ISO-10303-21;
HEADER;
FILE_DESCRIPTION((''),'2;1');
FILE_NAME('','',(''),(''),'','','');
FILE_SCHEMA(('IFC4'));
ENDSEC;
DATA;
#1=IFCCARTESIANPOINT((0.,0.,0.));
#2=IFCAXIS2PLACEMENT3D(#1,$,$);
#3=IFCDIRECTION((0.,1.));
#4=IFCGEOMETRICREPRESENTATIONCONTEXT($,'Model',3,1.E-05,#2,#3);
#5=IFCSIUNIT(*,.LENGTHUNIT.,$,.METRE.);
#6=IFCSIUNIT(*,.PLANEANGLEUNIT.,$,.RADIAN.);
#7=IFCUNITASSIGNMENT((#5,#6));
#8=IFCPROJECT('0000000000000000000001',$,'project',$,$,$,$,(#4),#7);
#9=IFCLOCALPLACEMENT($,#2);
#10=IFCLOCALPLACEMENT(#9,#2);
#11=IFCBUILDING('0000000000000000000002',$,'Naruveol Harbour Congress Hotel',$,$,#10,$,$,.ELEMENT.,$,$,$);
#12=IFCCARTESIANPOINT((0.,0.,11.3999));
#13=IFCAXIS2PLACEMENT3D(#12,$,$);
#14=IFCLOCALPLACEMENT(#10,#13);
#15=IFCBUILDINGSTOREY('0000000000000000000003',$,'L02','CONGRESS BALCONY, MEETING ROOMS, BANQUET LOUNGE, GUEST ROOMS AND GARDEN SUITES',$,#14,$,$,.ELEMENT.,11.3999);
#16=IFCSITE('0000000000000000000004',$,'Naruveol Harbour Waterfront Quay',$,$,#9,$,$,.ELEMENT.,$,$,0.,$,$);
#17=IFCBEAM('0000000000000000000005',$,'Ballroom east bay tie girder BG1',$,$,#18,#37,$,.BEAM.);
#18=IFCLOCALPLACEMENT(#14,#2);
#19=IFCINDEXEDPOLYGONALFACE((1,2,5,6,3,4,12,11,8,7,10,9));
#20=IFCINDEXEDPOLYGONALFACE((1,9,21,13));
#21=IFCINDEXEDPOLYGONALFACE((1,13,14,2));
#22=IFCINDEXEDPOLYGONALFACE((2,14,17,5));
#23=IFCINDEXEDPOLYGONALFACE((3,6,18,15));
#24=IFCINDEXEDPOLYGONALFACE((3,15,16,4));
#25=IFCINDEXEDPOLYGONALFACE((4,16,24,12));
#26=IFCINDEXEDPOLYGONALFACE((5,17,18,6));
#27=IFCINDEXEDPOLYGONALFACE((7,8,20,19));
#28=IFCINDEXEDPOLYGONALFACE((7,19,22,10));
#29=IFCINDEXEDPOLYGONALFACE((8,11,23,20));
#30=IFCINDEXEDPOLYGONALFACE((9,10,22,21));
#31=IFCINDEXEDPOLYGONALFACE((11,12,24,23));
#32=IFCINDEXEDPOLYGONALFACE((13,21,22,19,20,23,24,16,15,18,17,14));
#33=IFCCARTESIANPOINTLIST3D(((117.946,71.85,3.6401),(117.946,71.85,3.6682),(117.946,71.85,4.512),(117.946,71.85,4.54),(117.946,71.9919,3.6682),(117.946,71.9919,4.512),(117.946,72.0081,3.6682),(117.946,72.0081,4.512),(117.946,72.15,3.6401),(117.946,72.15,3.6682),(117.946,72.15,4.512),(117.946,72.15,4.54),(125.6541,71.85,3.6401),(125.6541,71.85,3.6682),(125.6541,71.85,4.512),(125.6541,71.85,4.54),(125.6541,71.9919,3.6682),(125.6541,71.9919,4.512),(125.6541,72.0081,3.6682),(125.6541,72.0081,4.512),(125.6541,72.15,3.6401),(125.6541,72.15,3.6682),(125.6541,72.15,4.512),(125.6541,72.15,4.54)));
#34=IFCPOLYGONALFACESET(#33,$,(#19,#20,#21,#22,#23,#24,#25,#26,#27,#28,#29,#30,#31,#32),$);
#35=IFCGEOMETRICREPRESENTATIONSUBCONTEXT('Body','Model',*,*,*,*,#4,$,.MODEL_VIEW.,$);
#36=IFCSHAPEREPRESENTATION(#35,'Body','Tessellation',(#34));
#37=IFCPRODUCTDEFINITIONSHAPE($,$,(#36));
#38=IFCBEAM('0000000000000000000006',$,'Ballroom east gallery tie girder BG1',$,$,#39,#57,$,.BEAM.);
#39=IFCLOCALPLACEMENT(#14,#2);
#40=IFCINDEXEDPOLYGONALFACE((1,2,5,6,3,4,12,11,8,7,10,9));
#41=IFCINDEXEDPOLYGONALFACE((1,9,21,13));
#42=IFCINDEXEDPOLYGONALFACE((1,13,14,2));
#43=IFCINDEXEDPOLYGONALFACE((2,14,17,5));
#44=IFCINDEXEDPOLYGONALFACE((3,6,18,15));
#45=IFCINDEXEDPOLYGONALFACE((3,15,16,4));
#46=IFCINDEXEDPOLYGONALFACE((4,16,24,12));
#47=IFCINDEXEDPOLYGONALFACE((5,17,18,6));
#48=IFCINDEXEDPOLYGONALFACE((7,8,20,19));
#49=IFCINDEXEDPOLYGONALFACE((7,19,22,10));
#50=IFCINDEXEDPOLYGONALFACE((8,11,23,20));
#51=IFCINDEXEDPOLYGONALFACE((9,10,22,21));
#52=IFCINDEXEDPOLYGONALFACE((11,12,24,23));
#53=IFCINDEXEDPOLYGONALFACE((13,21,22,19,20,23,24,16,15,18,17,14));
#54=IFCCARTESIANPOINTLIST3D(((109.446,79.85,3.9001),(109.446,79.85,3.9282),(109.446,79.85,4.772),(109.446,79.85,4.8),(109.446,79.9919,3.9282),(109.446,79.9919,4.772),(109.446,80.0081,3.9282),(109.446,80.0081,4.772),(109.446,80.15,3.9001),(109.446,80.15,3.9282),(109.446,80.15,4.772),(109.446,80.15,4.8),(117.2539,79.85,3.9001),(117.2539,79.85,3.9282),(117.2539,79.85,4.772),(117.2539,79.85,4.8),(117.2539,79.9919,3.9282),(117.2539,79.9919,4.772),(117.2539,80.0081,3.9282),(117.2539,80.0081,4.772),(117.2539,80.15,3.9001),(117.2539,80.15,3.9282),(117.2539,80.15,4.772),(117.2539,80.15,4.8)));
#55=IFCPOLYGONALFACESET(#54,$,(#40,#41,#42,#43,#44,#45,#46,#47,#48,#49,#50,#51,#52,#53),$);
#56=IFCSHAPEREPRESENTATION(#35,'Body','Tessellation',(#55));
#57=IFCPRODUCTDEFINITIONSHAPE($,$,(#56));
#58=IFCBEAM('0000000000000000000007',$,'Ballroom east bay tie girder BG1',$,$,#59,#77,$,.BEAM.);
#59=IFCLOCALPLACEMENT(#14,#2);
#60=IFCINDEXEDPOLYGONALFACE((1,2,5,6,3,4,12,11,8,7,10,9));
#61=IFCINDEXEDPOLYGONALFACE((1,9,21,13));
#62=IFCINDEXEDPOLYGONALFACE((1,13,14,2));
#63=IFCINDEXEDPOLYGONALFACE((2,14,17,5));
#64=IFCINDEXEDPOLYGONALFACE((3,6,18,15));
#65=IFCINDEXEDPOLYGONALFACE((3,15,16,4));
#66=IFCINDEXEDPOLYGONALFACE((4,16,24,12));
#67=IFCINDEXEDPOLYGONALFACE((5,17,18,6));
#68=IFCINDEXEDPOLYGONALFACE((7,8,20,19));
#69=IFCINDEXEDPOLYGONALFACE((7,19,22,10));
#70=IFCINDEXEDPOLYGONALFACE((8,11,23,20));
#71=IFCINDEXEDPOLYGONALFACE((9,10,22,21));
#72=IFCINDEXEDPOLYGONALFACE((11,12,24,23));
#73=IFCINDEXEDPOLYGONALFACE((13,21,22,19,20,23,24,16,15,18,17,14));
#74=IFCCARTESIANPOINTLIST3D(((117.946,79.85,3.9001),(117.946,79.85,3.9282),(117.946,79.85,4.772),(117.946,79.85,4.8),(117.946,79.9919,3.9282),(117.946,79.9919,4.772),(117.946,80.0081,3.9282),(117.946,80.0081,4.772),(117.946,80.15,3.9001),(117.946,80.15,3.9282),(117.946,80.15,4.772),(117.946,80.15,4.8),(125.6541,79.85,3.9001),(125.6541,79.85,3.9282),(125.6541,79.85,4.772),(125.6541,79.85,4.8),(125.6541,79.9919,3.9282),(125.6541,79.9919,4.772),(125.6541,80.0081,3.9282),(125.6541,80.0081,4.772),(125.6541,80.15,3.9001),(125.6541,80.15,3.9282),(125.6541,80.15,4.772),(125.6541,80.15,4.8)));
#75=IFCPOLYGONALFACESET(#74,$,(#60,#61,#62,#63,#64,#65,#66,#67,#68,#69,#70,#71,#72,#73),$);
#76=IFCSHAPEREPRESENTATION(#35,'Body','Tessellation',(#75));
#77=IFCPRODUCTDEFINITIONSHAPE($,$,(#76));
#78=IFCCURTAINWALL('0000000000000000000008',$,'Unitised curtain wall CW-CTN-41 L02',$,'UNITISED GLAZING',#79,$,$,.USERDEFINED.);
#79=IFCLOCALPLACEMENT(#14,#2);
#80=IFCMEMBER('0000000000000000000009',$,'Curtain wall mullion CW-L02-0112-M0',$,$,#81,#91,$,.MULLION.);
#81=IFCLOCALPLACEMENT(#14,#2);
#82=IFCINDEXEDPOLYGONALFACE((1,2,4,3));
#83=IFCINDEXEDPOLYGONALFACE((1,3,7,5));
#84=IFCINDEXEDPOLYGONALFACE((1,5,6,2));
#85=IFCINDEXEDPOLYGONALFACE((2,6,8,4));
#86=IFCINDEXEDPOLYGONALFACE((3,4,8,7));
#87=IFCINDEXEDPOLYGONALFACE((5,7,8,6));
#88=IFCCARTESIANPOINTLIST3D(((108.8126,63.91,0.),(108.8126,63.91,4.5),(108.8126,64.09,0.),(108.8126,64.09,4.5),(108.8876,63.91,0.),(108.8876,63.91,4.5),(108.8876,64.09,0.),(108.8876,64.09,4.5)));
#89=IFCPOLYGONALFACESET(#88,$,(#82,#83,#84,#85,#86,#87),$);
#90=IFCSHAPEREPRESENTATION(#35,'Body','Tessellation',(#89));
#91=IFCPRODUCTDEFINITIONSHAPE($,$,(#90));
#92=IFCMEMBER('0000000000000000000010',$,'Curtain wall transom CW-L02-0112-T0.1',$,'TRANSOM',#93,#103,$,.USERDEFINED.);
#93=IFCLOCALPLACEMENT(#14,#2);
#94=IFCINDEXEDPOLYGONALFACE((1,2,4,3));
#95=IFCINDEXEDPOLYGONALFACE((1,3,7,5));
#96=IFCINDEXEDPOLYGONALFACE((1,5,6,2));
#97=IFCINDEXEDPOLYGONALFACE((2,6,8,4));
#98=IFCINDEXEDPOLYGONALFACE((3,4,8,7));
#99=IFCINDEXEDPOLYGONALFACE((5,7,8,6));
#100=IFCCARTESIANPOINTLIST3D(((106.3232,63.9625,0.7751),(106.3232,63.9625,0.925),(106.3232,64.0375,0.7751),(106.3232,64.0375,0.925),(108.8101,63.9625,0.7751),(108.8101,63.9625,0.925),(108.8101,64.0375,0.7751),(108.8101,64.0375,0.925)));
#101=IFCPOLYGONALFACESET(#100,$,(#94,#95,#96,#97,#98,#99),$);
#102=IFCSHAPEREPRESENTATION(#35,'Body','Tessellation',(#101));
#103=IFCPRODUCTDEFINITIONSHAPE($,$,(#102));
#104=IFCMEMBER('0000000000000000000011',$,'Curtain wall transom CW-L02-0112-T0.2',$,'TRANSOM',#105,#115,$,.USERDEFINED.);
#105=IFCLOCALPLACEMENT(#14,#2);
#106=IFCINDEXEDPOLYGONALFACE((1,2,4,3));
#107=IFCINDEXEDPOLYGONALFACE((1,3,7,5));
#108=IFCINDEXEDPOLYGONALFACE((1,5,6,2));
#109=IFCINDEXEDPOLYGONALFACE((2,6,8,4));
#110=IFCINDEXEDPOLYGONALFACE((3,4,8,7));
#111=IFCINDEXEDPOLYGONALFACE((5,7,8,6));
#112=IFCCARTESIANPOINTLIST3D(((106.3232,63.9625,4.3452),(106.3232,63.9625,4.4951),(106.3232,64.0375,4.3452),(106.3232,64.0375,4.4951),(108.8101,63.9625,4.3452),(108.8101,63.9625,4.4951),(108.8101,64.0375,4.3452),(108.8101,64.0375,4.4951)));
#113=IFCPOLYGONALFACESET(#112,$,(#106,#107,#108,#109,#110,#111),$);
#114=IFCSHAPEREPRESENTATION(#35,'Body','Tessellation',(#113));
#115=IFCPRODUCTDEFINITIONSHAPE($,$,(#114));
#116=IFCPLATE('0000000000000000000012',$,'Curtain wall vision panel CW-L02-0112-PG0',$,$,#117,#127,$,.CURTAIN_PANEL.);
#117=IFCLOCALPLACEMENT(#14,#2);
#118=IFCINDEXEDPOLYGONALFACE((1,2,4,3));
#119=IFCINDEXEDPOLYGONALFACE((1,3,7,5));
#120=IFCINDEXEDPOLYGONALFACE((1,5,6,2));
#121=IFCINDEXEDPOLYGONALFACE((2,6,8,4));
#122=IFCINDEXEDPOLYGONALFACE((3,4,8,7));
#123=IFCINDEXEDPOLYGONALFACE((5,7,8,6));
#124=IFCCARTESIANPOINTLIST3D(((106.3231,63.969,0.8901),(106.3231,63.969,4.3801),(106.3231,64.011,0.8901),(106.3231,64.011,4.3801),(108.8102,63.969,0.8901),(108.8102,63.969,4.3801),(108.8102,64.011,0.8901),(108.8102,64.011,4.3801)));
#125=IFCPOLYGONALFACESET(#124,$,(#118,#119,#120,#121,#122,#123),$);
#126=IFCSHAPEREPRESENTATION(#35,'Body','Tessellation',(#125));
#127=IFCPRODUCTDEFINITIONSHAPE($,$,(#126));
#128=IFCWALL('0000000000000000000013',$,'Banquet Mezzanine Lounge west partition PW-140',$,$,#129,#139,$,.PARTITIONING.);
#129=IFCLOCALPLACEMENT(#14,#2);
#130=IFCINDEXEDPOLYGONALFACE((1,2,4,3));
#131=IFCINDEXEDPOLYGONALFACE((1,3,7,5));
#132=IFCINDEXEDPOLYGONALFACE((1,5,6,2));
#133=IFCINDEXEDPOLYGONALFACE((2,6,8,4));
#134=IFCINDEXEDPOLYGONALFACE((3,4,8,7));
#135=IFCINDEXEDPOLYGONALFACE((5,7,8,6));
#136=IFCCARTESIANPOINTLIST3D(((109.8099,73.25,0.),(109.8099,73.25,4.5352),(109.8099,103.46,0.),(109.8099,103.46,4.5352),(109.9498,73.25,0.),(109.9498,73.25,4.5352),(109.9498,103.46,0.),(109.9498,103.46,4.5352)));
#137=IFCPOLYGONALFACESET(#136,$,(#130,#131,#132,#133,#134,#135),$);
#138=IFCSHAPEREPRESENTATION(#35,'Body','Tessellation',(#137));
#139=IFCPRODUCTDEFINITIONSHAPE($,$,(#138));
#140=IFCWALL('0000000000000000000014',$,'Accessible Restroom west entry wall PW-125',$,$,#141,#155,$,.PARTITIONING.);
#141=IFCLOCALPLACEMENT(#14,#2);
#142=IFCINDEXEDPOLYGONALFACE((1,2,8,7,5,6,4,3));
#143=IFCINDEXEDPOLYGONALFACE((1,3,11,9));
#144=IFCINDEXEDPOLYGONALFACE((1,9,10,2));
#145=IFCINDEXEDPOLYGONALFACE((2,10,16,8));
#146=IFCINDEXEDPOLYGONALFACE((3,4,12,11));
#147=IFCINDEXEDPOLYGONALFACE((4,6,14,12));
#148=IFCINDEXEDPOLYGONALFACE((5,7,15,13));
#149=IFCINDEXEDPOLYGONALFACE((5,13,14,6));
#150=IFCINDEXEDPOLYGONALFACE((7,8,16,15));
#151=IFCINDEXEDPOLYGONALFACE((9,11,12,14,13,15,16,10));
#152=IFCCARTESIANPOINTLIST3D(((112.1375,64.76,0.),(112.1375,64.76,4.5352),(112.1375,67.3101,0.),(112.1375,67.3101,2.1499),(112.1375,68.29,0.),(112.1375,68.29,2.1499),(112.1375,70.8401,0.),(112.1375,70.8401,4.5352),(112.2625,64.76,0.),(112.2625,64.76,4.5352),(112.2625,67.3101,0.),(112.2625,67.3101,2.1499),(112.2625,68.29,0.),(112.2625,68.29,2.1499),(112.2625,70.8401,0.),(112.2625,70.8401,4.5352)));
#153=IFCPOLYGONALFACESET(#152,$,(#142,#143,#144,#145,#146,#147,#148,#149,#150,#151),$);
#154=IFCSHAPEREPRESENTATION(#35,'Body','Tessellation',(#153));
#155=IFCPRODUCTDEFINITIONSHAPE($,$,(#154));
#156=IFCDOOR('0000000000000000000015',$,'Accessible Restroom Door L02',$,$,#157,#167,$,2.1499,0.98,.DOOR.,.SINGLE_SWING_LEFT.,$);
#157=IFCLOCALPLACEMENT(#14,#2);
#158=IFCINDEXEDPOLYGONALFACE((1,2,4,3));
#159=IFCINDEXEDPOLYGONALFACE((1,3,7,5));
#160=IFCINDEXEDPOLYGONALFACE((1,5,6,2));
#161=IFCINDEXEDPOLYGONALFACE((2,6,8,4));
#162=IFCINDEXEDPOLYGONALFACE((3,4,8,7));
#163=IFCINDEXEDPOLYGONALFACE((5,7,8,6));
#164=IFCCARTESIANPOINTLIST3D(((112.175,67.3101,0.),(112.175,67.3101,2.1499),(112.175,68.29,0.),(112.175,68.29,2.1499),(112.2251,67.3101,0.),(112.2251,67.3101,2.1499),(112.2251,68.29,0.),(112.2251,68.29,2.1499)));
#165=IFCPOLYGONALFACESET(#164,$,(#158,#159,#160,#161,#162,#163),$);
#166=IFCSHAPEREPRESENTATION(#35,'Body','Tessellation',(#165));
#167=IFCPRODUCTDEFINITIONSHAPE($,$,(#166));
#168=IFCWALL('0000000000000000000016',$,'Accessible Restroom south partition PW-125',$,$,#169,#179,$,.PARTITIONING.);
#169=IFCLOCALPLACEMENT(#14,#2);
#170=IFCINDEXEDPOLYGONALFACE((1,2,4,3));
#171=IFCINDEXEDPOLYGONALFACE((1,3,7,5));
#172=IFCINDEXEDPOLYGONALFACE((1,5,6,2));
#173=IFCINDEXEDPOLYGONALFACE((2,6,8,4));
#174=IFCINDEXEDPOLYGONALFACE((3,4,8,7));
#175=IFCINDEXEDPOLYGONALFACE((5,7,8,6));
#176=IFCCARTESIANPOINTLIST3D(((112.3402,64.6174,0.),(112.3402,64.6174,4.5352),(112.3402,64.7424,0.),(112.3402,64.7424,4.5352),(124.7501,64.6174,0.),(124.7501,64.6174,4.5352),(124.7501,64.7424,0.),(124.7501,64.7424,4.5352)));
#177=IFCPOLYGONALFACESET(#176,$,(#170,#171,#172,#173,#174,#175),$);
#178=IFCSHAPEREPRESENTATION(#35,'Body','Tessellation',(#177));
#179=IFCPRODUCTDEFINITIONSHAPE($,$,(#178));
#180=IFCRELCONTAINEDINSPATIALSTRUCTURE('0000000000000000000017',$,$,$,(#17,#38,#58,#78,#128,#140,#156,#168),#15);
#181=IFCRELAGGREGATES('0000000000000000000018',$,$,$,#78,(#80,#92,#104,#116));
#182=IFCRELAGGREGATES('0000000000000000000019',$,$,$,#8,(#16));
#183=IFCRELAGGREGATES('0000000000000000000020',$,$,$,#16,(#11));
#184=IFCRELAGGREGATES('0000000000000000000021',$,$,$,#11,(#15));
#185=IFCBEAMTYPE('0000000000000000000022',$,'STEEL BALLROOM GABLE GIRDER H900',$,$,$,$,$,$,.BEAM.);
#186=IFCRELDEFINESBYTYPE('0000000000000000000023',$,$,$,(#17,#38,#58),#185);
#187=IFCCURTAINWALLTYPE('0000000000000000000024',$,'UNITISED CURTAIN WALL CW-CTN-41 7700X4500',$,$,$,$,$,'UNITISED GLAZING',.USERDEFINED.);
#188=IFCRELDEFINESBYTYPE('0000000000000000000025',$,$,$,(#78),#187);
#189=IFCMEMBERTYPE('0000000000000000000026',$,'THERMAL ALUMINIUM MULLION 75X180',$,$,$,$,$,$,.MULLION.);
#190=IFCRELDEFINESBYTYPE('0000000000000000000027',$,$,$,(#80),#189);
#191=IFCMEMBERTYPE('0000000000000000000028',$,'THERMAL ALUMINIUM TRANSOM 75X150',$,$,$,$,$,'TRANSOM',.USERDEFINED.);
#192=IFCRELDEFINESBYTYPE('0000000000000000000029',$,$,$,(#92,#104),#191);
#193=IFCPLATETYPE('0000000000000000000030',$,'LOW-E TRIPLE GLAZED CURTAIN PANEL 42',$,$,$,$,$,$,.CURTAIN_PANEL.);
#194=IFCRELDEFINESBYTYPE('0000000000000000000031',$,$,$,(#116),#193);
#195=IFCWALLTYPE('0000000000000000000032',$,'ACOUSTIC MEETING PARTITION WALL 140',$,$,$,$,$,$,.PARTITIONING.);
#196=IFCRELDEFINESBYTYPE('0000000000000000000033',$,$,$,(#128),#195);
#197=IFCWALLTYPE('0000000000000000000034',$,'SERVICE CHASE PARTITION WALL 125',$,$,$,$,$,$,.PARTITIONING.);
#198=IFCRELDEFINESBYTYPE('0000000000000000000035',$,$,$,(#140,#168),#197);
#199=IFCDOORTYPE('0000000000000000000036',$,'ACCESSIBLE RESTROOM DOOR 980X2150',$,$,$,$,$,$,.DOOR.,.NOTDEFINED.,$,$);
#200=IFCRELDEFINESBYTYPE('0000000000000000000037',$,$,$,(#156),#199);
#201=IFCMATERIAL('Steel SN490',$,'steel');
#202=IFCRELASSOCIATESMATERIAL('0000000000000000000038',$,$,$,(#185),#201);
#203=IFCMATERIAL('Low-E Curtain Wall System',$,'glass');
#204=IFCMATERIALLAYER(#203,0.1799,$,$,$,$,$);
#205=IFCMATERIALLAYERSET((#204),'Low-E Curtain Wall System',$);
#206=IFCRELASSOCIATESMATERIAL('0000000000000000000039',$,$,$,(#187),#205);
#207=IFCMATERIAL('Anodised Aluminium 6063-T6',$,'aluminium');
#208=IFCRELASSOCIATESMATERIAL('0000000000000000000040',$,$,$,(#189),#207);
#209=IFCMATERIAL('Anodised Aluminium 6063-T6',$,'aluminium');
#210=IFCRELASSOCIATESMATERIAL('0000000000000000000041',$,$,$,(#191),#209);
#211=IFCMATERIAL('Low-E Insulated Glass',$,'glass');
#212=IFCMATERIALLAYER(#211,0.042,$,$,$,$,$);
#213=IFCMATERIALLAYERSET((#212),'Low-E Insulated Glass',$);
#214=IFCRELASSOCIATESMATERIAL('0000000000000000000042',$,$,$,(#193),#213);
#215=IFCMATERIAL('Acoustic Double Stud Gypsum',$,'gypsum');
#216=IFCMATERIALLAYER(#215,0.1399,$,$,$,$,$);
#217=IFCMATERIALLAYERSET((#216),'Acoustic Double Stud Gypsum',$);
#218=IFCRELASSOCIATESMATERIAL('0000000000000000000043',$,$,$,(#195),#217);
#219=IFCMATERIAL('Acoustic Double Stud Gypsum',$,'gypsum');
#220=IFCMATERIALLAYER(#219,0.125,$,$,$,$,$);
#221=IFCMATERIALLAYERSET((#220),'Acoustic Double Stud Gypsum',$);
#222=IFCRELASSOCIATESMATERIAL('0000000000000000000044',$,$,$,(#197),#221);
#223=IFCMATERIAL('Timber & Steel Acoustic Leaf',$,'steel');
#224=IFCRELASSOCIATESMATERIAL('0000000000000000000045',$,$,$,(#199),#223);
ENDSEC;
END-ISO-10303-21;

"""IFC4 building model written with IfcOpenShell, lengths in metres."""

from ifc_helpers import new_model, si_unit, direction, frame, frame_2d, origin, origin_2d, place, context, subcontext, project, spatial, rectangle, i_section, extrude, material, layer, layer_set, material_profile, profile_set, type_object, element, fill, aggregate, save


model = new_model("IFC4")

# Units and contexts
model_context = context("Model", 3, precision=1e-05, world=origin(), true_north=direction((0.0, 1.0)))
body_context = subcontext(model_context, "Body", "Model", "MODEL_VIEW")
ifc_project = project(units=[si_unit("LENGTHUNIT", "METRE"), si_unit("PLANEANGLEUNIT", "RADIAN")], contexts=[model_context])

# Site, building, storey
site_placement = place(None, origin())
site = spatial("IfcSite", under=ifc_project, at=site_placement, Name="Naruveol Harbour Waterfront Quay", CompositionType="ELEMENT", RefElevation=0.0)
building_placement = place(site_placement, origin())
building = spatial("IfcBuilding", under=site, at=building_placement, Name="Naruveol Harbour Congress Hotel", CompositionType="ELEMENT")
storey_placement = place(building_placement, frame((0.0, 0.0, 11.3999)))
storey = spatial("IfcBuildingStorey", under=building, at=storey_placement, Name="L02", Description="CONGRESS BALCONY, MEETING ROOMS, BANQUET LOUNGE, GUEST ROOMS AND GARDEN SUITES", CompositionType="ELEMENT", Elevation=11.3999)

# Beams
ifc_material_1 = material(Name="Steel SN490", Category="steel")
ifc_material_profile_1 = material_profile(ifc_material_1, i_section(OverallWidth=0.3, OverallDepth=0.8999, WebThickness=0.0161, FlangeThickness=0.0281, at=origin_2d()), Name="H-900x300x16x28")
ifc_profile_set_1 = profile_set([ifc_material_profile_1], Name="Steel SN490")
beam_type_1 = type_object("IfcBeamType", Name="STEEL BALLROOM GABLE GIRDER H900", PredefinedType="BEAM", material=ifc_profile_set_1)
for number, where, z_axis, x_axis, name in (
    (1, (117.946, 72.0, 4.0901), (1.0, 0.0, 0.0), (0.0, 1.0, 0.0), "Ballroom east bay tie girder BG1"),
):
    element("IfcBeam", number, at=place(storey_placement, frame(where, z_axis=z_axis, x_axis=x_axis)), inside=storey, type_object=beam_type_1, Name=name, PredefinedType="BEAM", context=body_context, shape_type="SweptSolid", body=[
        extrude(i_section(OverallWidth=0.3, OverallDepth=0.8999, WebThickness=0.0161, FlangeThickness=0.0281, at=origin_2d()), origin(), (0.0, 0.0, 1.0), 7.708),
    ])
beam_1_placement = place(storey_placement, frame((109.446, 80.0, 4.3501), z_axis=(1.0, 0.0, 0.0), x_axis=(0.0, 1.0, 0.0)))
element("IfcBeam", 2, at=beam_1_placement, inside=storey, type_object=beam_type_1, Name="Ballroom east gallery tie girder BG1", PredefinedType="BEAM", context=body_context, shape_type="SweptSolid", body=[
    extrude(i_section(OverallWidth=0.3, OverallDepth=0.8999, WebThickness=0.0161, FlangeThickness=0.0281, at=origin_2d()), origin(), (0.0, 0.0, 1.0), 7.8079),
])
beam_2_placement = place(storey_placement, frame((117.946, 80.0, 4.3501), z_axis=(1.0, 0.0, 0.0), x_axis=(0.0, 1.0, 0.0)))
element("IfcBeam", 3, at=beam_2_placement, inside=storey, type_object=beam_type_1, Name="Ballroom east bay tie girder BG1", PredefinedType="BEAM", context=body_context, shape_type="SweptSolid", body=[
    extrude(i_section(OverallWidth=0.3, OverallDepth=0.8999, WebThickness=0.0161, FlangeThickness=0.0281, at=origin_2d()), origin(), (0.0, 0.0, 1.0), 7.708),
])

# Curtain wall, members, plate
ifc_material_2 = material(Name="Low-E Curtain Wall System", Category="glass")
ifc_layer_1 = layer(ifc_material_2, 0.1799)
ifc_layer_set_1 = layer_set([ifc_layer_1], Name="Low-E Curtain Wall System")
curtain_wall_type = type_object("IfcCurtainWallType", Name="UNITISED CURTAIN WALL CW-CTN-41 7700X4500", ElementType="UNITISED GLAZING", PredefinedType="USERDEFINED", material=ifc_layer_set_1)
curtain_wall_placement = place(storey_placement, origin())
curtain_wall = element("IfcCurtainWall", 4, at=curtain_wall_placement, inside=storey, type_object=curtain_wall_type, Name="Unitised curtain wall CW-CTN-41 L02", ObjectType="UNITISED GLAZING", PredefinedType="USERDEFINED")
ifc_material_3 = material(Name="Anodised Aluminium 6063-T6", Category="aluminium")
ifc_material_profile_2 = material_profile(ifc_material_3, rectangle(XDim=0.075, YDim=0.1799, at=origin_2d()), Name="ALU-75x180")
ifc_profile_set_2 = profile_set([ifc_material_profile_2], Name="Anodised Aluminium 6063-T6")
member_type_1 = type_object("IfcMemberType", Name="THERMAL ALUMINIUM MULLION 75X180", PredefinedType="MULLION", material=ifc_profile_set_2)
member_1_placement = place(storey_placement, frame((108.8501, 64.0, 0.0), z_axis=(0.0, 0.0, 1.0), x_axis=(1.0, 0.0, 0.0)))
member_1 = element("IfcMember", 5, at=member_1_placement, type_object=member_type_1, Name="Curtain wall mullion CW-L02-0112-M0", PredefinedType="MULLION", context=body_context, shape_type="SweptSolid", body=[
    extrude(rectangle(XDim=0.075, YDim=0.1799, at=origin_2d()), origin(), (0.0, 0.0, 1.0), 4.5),
])
ifc_material_4 = material(Name="Anodised Aluminium 6063-T6", Category="aluminium")
ifc_material_profile_3 = material_profile(ifc_material_4, rectangle(XDim=0.075, YDim=0.1499, at=origin_2d()), Name="ALU-75x150")
ifc_profile_set_3 = profile_set([ifc_material_profile_3], Name="Anodised Aluminium 6063-T6")
member_type_2 = type_object("IfcMemberType", Name="THERMAL ALUMINIUM TRANSOM 75X150", ElementType="TRANSOM", PredefinedType="USERDEFINED", material=ifc_profile_set_3)
member_2_placement = place(storey_placement, frame((108.8101, 64.0, 0.8501), z_axis=(-1.0, 0.0, 0.0), x_axis=(0.0, -1.0, 0.0)))
member_2 = element("IfcMember", 6, at=member_2_placement, type_object=member_type_2, Name="Curtain wall transom CW-L02-0112-T0.1", ObjectType="TRANSOM", PredefinedType="USERDEFINED", context=body_context, shape_type="SweptSolid", body=[
    extrude(rectangle(XDim=0.075, YDim=0.1499, at=origin_2d()), origin(), (0.0, 0.0, 1.0), 2.4868),
])
member_3_placement = place(storey_placement, frame((108.8101, 64.0, 4.4202), z_axis=(-1.0, 0.0, 0.0), x_axis=(0.0, -1.0, 0.0)))
member_3 = element("IfcMember", 7, at=member_3_placement, type_object=member_type_2, Name="Curtain wall transom CW-L02-0112-T0.2", ObjectType="TRANSOM", PredefinedType="USERDEFINED", context=body_context, shape_type="SweptSolid", body=[
    extrude(rectangle(XDim=0.075, YDim=0.1499, at=origin_2d()), origin(), (0.0, 0.0, 1.0), 2.4868),
])
ifc_material_5 = material(Name="Low-E Insulated Glass", Category="glass")
ifc_layer_2 = layer(ifc_material_5, 0.042)
ifc_layer_set_2 = layer_set([ifc_layer_2], Name="Low-E Insulated Glass")
plate_type = type_object("IfcPlateType", Name="LOW-E TRIPLE GLAZED CURTAIN PANEL 42", PredefinedType="CURTAIN_PANEL", material=ifc_layer_set_2)
plate_placement = place(storey_placement, frame((107.5667, 63.99, 0.8901), z_axis=(0.0, 0.0, 1.0), x_axis=(-1.0, 0.0, 0.0)))
plate = element("IfcPlate", 8, at=plate_placement, type_object=plate_type, Name="Curtain wall vision panel CW-L02-0112-PG0", PredefinedType="CURTAIN_PANEL", context=body_context, shape_type="SweptSolid", body=[
    extrude(rectangle(XDim=2.4871, YDim=0.042, at=origin_2d()), origin(), (0.0, 0.0, 1.0), 3.49),
])
aggregate(curtain_wall, [member_1, member_2, member_3, plate])

# Wall
ifc_material_6 = material(Name="Acoustic Double Stud Gypsum", Category="gypsum")
ifc_layer_3 = layer(ifc_material_6, 0.1399)
ifc_layer_set_3 = layer_set([ifc_layer_3], Name="Acoustic Double Stud Gypsum")
wall_type_1 = type_object("IfcWallType", Name="ACOUSTIC MEETING PARTITION WALL 140", PredefinedType="PARTITIONING", material=ifc_layer_set_3)
wall_1_placement = place(storey_placement, frame((109.8799, 73.25, 0.0), z_axis=(0.0, 0.0, 1.0), x_axis=(0.0, 1.0, 0.0)))
element("IfcWall", 9, at=wall_1_placement, inside=storey, type_object=wall_type_1, Name="Banquet Mezzanine Lounge west partition PW-140", PredefinedType="PARTITIONING", context=body_context, shape_type="SweptSolid", body=[
    extrude(rectangle(XDim=30.21, YDim=0.1399, at=frame_2d((15.105, 0.0))), origin(), (0.0, 0.0, 1.0), 4.5352),
])

# Wall, opening, door
ifc_material_7 = material(Name="Acoustic Double Stud Gypsum", Category="gypsum")
ifc_layer_4 = layer(ifc_material_7, 0.125)
ifc_layer_set_4 = layer_set([ifc_layer_4], Name="Acoustic Double Stud Gypsum")
wall_type_2 = type_object("IfcWallType", Name="SERVICE CHASE PARTITION WALL 125", PredefinedType="PARTITIONING", material=ifc_layer_set_4)
wall_2_placement = place(storey_placement, frame((112.2, 64.76, 0.0), z_axis=(0.0, 0.0, 1.0), x_axis=(0.0, 1.0, 0.0)))
wall_2 = element("IfcWall", 10, at=wall_2_placement, inside=storey, type_object=wall_type_2, Name="Accessible Restroom west entry wall PW-125", PredefinedType="PARTITIONING", context=body_context, shape_type="SweptSolid", body=[
    extrude(rectangle(XDim=6.0801, YDim=0.125, at=frame_2d((3.04, 0.0))), origin(), (0.0, 0.0, 1.0), 4.5352),
])
opening_placement = place(wall_2_placement, frame((2.55, 0.0, 0.0)))
opening = element("IfcOpeningElement", 11, at=opening_placement, cuts=wall_2, PredefinedType="OPENING", context=body_context, shape_type="SweptSolid", body=[
    extrude(rectangle(XDim=0.98, YDim=2.1499, at=frame_2d((0.49, 1.075))), frame((0.0, 0.0725, 0.0), z_axis=(0.0, -1.0, 0.0), x_axis=(1.0, 0.0, 0.0)), (0.0, 0.0, 1.0), 0.145),
])
ifc_material_8 = material(Name="Timber & Steel Acoustic Leaf", Category="steel")
door_type = type_object("IfcDoorType", Name="ACCESSIBLE RESTROOM DOOR 980X2150", OperationType="NOTDEFINED", PredefinedType="DOOR", material=ifc_material_8)
door_placement = place(opening_placement, origin())
door = element("IfcDoor", 12, at=door_placement, inside=storey, type_object=door_type, Name="Accessible Restroom Door L02", OperationType="SINGLE_SWING_LEFT", OverallHeight=2.1499, OverallWidth=0.98, PredefinedType="DOOR", context=body_context, shape_type="SweptSolid", body=[
    extrude(rectangle(XDim=0.98, YDim=2.1499, at=frame_2d((0.49, 1.075))), frame((0.0, 0.0249, 0.0), z_axis=(0.0, -1.0, 0.0), x_axis=(1.0, 0.0, 0.0)), (0.0, 0.0, 1.0), 0.05),
])
fill(opening, door)

# Wall
wall_3_placement = place(storey_placement, frame((112.3401, 64.6799, 0.0), z_axis=(0.0, 0.0, 1.0), x_axis=(1.0, 0.0, 0.0)))
element("IfcWall", 13, at=wall_3_placement, inside=storey, type_object=wall_type_2, Name="Accessible Restroom south partition PW-125", PredefinedType="PARTITIONING", context=body_context, shape_type="SweptSolid", body=[
    extrude(rectangle(XDim=12.4099, YDim=0.125, at=frame_2d((6.2051, 0.0))), origin(), (0.0, 0.0, 1.0), 4.5352),
])

save(model, "model.ifc")
